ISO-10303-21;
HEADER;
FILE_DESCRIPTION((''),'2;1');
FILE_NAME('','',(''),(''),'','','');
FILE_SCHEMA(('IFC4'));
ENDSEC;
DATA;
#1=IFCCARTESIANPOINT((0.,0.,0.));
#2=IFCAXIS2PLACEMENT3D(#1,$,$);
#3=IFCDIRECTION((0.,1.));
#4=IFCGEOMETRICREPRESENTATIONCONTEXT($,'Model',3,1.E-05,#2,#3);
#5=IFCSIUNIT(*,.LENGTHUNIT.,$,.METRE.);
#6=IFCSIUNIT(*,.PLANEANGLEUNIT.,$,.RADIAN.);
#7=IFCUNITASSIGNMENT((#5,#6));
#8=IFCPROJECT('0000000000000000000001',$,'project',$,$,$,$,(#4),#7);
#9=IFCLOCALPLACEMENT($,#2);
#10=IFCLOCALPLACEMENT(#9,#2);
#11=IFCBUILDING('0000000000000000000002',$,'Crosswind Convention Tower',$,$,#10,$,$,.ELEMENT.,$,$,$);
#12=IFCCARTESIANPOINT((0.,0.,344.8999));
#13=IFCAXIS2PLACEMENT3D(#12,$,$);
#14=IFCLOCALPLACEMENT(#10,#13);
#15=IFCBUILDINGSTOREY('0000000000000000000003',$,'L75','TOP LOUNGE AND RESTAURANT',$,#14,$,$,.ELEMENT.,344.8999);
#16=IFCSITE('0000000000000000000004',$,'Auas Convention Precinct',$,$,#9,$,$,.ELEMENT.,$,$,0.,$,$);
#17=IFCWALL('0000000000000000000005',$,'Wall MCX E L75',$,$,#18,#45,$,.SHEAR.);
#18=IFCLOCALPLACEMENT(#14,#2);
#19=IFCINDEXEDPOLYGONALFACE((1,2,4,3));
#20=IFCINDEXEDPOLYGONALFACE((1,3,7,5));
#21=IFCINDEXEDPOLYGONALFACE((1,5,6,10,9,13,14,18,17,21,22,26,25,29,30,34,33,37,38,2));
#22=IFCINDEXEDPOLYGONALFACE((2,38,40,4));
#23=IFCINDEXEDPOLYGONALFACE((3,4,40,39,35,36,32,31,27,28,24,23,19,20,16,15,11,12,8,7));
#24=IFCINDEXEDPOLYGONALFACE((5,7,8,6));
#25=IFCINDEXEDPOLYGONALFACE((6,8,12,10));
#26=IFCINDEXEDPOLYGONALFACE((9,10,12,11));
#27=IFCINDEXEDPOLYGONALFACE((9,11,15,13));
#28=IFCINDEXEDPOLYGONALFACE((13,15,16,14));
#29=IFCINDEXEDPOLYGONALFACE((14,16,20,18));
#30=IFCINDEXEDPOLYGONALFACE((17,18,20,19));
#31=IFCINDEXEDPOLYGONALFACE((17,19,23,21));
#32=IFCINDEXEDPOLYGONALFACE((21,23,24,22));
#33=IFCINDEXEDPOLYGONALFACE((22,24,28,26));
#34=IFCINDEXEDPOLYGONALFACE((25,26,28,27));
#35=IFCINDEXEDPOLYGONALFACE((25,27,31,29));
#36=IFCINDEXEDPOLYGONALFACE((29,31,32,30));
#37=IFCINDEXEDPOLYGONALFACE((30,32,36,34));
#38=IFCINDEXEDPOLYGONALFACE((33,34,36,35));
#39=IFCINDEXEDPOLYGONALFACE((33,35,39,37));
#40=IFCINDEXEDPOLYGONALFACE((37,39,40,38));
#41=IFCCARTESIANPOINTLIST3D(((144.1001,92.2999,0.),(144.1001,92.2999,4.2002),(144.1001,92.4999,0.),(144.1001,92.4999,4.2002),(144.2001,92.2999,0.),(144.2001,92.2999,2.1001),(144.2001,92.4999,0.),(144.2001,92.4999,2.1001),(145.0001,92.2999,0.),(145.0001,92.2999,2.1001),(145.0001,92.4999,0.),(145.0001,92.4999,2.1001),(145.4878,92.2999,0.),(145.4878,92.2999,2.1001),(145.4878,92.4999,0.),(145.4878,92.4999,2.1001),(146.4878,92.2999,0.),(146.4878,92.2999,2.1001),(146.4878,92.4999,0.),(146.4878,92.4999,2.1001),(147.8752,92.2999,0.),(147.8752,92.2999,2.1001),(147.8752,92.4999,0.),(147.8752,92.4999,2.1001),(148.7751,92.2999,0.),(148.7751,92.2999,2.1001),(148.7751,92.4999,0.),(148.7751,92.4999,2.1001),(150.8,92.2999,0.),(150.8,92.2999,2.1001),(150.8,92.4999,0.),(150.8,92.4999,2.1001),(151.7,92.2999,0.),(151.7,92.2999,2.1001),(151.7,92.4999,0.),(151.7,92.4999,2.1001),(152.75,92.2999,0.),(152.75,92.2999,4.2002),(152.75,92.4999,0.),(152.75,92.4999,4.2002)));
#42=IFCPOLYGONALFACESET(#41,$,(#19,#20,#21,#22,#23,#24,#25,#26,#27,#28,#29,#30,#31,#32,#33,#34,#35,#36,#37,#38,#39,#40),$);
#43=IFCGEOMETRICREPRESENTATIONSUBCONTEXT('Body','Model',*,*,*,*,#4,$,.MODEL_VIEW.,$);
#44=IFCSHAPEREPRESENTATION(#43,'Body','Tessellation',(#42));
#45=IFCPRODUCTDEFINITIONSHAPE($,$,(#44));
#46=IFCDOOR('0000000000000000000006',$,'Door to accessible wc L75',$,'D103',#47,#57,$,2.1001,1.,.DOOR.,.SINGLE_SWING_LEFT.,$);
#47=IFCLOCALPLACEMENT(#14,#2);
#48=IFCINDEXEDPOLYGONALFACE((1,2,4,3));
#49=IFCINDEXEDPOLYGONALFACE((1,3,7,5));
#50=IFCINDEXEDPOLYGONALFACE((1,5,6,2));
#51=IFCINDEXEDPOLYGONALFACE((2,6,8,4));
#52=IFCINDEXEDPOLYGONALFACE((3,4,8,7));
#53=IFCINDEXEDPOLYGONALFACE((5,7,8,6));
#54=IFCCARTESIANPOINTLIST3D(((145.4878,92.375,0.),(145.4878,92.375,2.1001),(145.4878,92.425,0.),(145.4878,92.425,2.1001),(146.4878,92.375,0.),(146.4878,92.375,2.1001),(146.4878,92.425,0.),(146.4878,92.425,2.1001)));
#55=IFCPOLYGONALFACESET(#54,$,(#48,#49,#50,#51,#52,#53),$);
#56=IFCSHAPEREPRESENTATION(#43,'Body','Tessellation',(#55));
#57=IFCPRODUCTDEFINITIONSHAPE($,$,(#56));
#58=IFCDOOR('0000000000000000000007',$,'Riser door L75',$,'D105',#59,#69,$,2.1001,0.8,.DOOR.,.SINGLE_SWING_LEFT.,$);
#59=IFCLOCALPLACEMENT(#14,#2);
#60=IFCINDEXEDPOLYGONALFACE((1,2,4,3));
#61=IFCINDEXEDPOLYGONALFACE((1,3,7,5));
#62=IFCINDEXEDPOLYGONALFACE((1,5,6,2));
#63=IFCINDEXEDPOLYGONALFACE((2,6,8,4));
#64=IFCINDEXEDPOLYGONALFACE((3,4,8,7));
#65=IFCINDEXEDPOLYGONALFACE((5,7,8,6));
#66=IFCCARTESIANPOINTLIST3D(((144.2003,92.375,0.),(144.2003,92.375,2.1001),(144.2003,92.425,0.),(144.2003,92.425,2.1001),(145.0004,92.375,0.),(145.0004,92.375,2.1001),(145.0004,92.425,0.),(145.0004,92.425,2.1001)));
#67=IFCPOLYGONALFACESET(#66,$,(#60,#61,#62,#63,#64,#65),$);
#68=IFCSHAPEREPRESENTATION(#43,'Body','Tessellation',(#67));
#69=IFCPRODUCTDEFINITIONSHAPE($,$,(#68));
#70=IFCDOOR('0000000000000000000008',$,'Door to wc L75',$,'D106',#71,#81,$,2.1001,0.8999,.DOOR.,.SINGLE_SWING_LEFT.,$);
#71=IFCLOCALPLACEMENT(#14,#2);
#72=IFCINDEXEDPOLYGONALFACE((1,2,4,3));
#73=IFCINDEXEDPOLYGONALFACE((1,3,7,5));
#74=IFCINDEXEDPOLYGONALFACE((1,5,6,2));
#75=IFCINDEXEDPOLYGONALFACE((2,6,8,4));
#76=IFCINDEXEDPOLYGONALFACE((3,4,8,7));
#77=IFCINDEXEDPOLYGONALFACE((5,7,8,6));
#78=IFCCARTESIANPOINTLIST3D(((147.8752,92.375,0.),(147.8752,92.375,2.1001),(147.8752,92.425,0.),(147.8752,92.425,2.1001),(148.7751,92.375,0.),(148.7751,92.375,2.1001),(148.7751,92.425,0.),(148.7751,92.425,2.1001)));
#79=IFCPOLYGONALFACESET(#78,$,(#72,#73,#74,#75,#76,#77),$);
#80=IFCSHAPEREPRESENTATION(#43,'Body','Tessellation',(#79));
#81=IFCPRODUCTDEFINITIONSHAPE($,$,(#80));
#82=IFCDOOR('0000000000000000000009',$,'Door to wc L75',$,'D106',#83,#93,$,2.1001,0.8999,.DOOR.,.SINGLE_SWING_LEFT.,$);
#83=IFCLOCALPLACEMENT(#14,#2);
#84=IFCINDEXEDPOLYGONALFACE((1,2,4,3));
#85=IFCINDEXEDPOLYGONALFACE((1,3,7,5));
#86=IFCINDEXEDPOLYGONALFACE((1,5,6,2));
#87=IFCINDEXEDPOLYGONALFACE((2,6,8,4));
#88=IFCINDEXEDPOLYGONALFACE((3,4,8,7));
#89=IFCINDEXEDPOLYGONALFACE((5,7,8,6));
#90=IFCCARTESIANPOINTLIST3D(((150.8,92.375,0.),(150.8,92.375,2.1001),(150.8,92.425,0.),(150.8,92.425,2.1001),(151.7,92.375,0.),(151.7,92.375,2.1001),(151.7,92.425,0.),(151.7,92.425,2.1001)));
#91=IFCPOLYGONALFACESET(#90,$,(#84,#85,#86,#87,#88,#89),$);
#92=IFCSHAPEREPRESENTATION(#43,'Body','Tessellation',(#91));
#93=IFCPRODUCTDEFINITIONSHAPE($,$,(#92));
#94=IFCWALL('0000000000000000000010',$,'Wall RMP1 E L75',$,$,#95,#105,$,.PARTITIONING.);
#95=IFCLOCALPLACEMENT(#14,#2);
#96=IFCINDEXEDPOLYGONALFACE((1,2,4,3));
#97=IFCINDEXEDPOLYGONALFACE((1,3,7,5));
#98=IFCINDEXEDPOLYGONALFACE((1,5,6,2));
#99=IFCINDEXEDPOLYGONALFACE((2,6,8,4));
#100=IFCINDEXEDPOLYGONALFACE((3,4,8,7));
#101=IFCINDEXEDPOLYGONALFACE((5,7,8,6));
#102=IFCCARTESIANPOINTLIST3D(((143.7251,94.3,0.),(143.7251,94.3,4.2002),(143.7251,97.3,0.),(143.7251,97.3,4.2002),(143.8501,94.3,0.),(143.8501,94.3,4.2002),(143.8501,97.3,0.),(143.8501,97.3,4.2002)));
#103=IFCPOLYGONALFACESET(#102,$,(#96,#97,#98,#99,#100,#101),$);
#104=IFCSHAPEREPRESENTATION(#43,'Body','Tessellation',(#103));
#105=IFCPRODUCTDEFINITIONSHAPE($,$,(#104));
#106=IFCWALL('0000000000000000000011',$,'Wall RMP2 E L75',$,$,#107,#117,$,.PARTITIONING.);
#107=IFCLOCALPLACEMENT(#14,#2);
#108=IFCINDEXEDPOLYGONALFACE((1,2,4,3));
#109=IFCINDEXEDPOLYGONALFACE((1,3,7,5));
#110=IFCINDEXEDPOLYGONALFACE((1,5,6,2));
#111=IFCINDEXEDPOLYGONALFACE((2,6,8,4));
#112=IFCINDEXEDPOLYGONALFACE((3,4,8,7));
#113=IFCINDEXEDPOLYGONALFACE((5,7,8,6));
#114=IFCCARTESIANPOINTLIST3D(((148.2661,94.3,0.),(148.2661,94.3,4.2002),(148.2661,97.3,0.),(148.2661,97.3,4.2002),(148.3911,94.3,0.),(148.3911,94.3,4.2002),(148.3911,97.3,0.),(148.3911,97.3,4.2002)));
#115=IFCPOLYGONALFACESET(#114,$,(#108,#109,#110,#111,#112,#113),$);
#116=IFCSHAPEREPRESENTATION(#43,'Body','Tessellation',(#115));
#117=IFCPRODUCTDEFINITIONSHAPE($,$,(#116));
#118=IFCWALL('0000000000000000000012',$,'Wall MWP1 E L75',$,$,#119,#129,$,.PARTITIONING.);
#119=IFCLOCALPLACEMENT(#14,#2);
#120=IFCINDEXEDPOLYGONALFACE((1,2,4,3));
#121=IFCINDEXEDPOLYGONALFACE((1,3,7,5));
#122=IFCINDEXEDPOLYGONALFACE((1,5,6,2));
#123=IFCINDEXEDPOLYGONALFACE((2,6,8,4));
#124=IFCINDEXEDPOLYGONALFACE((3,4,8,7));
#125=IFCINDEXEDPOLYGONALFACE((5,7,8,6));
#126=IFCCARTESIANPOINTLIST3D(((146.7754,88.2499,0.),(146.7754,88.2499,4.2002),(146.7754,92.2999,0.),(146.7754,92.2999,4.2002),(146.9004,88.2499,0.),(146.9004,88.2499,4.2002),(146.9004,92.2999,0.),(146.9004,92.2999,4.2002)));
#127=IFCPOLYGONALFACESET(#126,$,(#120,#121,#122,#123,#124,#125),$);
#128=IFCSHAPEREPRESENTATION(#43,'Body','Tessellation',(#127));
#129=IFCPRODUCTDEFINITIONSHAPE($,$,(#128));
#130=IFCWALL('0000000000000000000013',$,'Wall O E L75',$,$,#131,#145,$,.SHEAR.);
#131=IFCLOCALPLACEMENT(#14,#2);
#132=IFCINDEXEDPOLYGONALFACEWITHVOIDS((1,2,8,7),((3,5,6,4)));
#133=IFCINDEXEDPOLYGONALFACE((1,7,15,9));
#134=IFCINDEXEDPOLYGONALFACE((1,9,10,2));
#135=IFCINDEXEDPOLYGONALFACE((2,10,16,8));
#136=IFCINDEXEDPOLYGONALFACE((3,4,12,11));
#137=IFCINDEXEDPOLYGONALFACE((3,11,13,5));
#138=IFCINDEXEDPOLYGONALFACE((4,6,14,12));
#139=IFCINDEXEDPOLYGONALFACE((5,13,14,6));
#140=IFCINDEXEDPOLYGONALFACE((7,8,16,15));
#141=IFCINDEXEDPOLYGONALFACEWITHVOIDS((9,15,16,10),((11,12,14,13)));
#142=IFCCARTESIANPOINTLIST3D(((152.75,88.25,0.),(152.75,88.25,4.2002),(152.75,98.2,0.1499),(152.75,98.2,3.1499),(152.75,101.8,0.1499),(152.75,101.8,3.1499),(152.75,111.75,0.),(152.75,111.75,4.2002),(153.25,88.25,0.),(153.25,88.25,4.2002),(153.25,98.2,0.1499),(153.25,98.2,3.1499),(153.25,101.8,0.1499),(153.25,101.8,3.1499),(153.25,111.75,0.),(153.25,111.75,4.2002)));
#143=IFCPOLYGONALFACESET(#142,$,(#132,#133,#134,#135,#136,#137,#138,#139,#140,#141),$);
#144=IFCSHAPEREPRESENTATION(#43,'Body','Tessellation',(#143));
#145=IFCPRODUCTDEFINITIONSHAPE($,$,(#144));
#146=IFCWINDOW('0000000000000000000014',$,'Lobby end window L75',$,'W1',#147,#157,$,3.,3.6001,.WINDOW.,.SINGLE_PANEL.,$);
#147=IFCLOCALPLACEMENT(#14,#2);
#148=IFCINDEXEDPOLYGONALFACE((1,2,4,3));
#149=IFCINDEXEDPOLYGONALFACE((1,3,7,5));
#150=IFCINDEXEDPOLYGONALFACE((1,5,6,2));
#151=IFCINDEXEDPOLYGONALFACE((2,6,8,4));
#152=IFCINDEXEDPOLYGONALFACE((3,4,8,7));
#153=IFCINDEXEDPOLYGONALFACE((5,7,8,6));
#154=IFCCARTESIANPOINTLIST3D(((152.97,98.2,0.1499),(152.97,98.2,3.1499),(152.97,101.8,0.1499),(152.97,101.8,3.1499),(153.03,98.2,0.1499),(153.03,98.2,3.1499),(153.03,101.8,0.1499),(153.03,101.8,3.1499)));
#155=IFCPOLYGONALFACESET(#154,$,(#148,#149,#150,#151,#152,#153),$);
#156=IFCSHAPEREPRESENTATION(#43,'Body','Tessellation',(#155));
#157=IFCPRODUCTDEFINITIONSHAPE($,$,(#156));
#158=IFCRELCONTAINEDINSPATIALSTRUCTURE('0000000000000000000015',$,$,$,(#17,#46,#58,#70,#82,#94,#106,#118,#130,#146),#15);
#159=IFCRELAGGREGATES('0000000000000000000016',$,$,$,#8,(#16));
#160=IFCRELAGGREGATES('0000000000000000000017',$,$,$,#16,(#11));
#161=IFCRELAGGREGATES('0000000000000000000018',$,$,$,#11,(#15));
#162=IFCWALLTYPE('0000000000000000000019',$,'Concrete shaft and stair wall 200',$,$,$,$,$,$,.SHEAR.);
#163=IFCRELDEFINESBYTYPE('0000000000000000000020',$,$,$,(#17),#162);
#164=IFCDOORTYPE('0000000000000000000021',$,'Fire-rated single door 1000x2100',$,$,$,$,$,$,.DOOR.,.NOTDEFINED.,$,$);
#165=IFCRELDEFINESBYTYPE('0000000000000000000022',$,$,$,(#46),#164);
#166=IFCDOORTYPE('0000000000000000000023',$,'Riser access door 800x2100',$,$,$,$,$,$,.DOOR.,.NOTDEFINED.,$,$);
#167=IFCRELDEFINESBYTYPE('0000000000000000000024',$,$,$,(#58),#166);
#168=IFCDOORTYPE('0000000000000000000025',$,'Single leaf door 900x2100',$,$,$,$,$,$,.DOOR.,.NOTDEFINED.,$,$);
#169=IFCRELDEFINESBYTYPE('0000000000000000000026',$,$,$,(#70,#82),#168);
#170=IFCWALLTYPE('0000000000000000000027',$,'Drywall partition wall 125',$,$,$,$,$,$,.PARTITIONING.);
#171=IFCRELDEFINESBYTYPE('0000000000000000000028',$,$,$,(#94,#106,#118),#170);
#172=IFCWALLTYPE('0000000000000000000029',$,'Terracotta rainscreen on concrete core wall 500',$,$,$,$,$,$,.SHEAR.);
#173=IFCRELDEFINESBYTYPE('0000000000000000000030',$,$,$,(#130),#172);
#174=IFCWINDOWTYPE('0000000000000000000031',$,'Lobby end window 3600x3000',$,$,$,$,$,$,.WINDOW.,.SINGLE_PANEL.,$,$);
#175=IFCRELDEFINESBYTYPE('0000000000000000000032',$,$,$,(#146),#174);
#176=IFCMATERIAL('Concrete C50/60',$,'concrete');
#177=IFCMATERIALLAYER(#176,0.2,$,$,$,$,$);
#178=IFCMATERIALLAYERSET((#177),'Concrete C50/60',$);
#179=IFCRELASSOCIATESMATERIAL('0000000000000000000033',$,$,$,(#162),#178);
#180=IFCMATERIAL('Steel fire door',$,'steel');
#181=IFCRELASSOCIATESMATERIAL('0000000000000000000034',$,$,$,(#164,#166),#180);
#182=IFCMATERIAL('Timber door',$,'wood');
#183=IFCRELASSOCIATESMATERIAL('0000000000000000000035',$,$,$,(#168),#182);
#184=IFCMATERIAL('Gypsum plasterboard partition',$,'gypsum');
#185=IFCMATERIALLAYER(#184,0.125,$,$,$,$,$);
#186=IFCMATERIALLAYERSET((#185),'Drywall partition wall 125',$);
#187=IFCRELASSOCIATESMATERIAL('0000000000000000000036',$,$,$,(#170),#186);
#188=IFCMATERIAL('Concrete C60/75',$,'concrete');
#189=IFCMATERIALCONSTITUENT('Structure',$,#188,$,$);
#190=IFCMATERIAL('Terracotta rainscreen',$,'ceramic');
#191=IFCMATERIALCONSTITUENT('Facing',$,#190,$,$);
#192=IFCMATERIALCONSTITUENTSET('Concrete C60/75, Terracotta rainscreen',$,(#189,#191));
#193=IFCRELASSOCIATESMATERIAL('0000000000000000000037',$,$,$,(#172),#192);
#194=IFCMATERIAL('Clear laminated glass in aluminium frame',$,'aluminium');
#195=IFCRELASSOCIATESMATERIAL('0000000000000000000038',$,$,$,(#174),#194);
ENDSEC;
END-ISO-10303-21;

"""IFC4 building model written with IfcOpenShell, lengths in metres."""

from ifc_helpers import new_model, si_unit, direction, frame, frame_2d, origin, place, context, subcontext, project, spatial, rectangle, extrude, material, layer, layer_set, constituent, constituent_set, type_object, element, fill, save


model = new_model("IFC4")

# Units and contexts
model_context = context("Model", 3, precision=1e-05, world=origin(), true_north=direction((0.0, 1.0)))
body_context = subcontext(model_context, "Body", "Model", "MODEL_VIEW")
ifc_project = project(units=[si_unit("LENGTHUNIT", "METRE"), si_unit("PLANEANGLEUNIT", "RADIAN")], contexts=[model_context])

# Site, building, storey
site_placement = place(None, origin())
site = spatial("IfcSite", under=ifc_project, at=site_placement, Name="Auas Convention Precinct", CompositionType="ELEMENT", RefElevation=0.0)
building_placement = place(site_placement, origin())
building = spatial("IfcBuilding", under=site, at=building_placement, Name="Crosswind Convention Tower", CompositionType="ELEMENT")
storey_placement = place(building_placement, frame((0.0, 0.0, 344.8999)))
storey = spatial("IfcBuildingStorey", under=building, at=storey_placement, Name="L75", Description="TOP LOUNGE AND RESTAURANT", CompositionType="ELEMENT", Elevation=344.8999)

# Shared definitions
ifc_material_1 = material(Name="Concrete C50/60", Category="concrete")

# Shared definitions
ifc_layer_1 = layer(ifc_material_1, 0.2)
ifc_layer_set_1 = layer_set([ifc_layer_1], Name="Concrete C50/60")
wall_type_1 = type_object("IfcWallType", Name="Concrete shaft and stair wall 200", PredefinedType="SHEAR", material=ifc_layer_set_1)

# Shared definitions
ifc_material_2 = material(Name="Steel fire door", Category="steel")

# Shared definitions
door_type_1 = type_object("IfcDoorType", Name="Fire-rated single door 1000x2100", OperationType="NOTDEFINED", PredefinedType="DOOR", material=ifc_material_2)

# Wall, openings, doors
wall_1_placement = place(storey_placement, frame((144.1001, 92.3999, 0.0), z_axis=(0.0, 0.0, 1.0), x_axis=(1.0, 0.0, 0.0)))
wall_1 = element("IfcWall", 1, at=wall_1_placement, inside=storey, type_object=wall_type_1, Name="Wall MCX E L75", PredefinedType="SHEAR", context=body_context, shape_type="SweptSolid", body=[
    extrude(rectangle(XDim=8.6499, YDim=0.2, at=frame_2d((4.325, 0.0))), origin(), (0.0, 0.0, 1.0), 4.2002),
])
opening_1_placement = place(wall_1_placement, frame((0.1001, 0.0, 0.0)))
opening_1 = element("IfcOpeningElement", 2, at=opening_1_placement, cuts=wall_1, PredefinedType="OPENING", context=body_context, shape_type="SweptSolid", body=[
    extrude(rectangle(XDim=0.8, YDim=2.1001, at=frame_2d((0.3999, 1.05))), frame((0.0, 0.1099, 0.0), z_axis=(0.0, -1.0, 0.0), x_axis=(1.0, 0.0, 0.0)), (0.0, 0.0, 1.0), 0.22),
])
opening_2_placement = place(wall_1_placement, frame((1.3877, 0.0, 0.0)))
opening_2 = element("IfcOpeningElement", 3, at=opening_2_placement, cuts=wall_1, PredefinedType="OPENING", context=body_context, shape_type="SweptSolid", body=[
    extrude(rectangle(XDim=1.0, YDim=2.1001, at=frame_2d((0.5, 1.05))), frame((0.0, 0.1099, 0.0), z_axis=(0.0, -1.0, 0.0), x_axis=(1.0, 0.0, 0.0)), (0.0, 0.0, 1.0), 0.22),
])
opening_3_placement = place(wall_1_placement, frame((3.7751, 0.0, 0.0)))
opening_3 = element("IfcOpeningElement", 4, at=opening_3_placement, cuts=wall_1, PredefinedType="OPENING", context=body_context, shape_type="SweptSolid", body=[
    extrude(rectangle(XDim=0.8999, YDim=2.1001, at=frame_2d((0.45, 1.05))), frame((0.0, 0.1099, 0.0), z_axis=(0.0, -1.0, 0.0), x_axis=(1.0, 0.0, 0.0)), (0.0, 0.0, 1.0), 0.22),
])
opening_4_placement = place(wall_1_placement, frame((6.7, 0.0, 0.0)))
opening_4 = element("IfcOpeningElement", 5, at=opening_4_placement, cuts=wall_1, PredefinedType="OPENING", context=body_context, shape_type="SweptSolid", body=[
    extrude(rectangle(XDim=0.8999, YDim=2.1001, at=frame_2d((0.45, 1.05))), frame((0.0, 0.1099, 0.0), z_axis=(0.0, -1.0, 0.0), x_axis=(1.0, 0.0, 0.0)), (0.0, 0.0, 1.0), 0.22),
])
door_1_placement = place(opening_2_placement, frame((1.0, 0.0, 0.0), z_axis=(0.0, 0.0, 1.0), x_axis=(-1.0, 0.0, 0.0)))
door_1 = element("IfcDoor", 6, at=door_1_placement, inside=storey, type_object=door_type_1, Name="Door to accessible wc L75", ObjectType="D103", OperationType="SINGLE_SWING_LEFT", OverallHeight=2.1001, OverallWidth=1.0, PredefinedType="DOOR", context=body_context, shape_type="SweptSolid", body=[
    extrude(rectangle(XDim=1.0, YDim=2.1001, at=frame_2d((0.5, 1.05))), frame((0.0, 0.0249, 0.0), z_axis=(0.0, -1.0, 0.0), x_axis=(1.0, 0.0, 0.0)), (0.0, 0.0, 1.0), 0.05),
])
fill(opening_2, door_1)
door_type_2 = type_object("IfcDoorType", Name="Riser access door 800x2100", OperationType="NOTDEFINED", PredefinedType="DOOR", material=ifc_material_2)
door_2_placement = place(opening_1_placement, frame((0.8, 0.0, 0.0), z_axis=(0.0, 0.0, 1.0), x_axis=(-1.0, 0.0, 0.0)))
door_2 = element("IfcDoor", 7, at=door_2_placement, inside=storey, type_object=door_type_2, Name="Riser door L75", ObjectType="D105", OperationType="SINGLE_SWING_LEFT", OverallHeight=2.1001, OverallWidth=0.8, PredefinedType="DOOR", context=body_context, shape_type="SweptSolid", body=[
    extrude(rectangle(XDim=0.8, YDim=2.1001, at=frame_2d((0.3999, 1.05))), frame((0.0, 0.0249, 0.0), z_axis=(0.0, -1.0, 0.0), x_axis=(1.0, 0.0, 0.0)), (0.0, 0.0, 1.0), 0.05),
])
fill(opening_1, door_2)
ifc_material_3 = material(Name="Timber door", Category="wood")
door_type_3 = type_object("IfcDoorType", Name="Single leaf door 900x2100", OperationType="NOTDEFINED", PredefinedType="DOOR", material=ifc_material_3)
door_3_placement = place(opening_3_placement, frame((0.8999, 0.0, 0.0), z_axis=(0.0, 0.0, 1.0), x_axis=(-1.0, 0.0, 0.0)))
door_3 = element("IfcDoor", 8, at=door_3_placement, inside=storey, type_object=door_type_3, Name="Door to wc L75", ObjectType="D106", OperationType="SINGLE_SWING_LEFT", OverallHeight=2.1001, OverallWidth=0.8999, PredefinedType="DOOR", context=body_context, shape_type="SweptSolid", body=[
    extrude(rectangle(XDim=0.8999, YDim=2.1001, at=frame_2d((0.45, 1.05))), frame((0.0, 0.0249, 0.0), z_axis=(0.0, -1.0, 0.0), x_axis=(1.0, 0.0, 0.0)), (0.0, 0.0, 1.0), 0.05),
])
fill(opening_3, door_3)
door_4_placement = place(opening_4_placement, frame((0.8999, 0.0, 0.0), z_axis=(0.0, 0.0, 1.0), x_axis=(-1.0, 0.0, 0.0)))
door_4 = element("IfcDoor", 9, at=door_4_placement, inside=storey, type_object=door_type_3, Name="Door to wc L75", ObjectType="D106", OperationType="SINGLE_SWING_LEFT", OverallHeight=2.1001, OverallWidth=0.8999, PredefinedType="DOOR", context=body_context, shape_type="SweptSolid", body=[
    extrude(rectangle(XDim=0.8999, YDim=2.1001, at=frame_2d((0.45, 1.05))), frame((0.0, 0.0249, 0.0), z_axis=(0.0, -1.0, 0.0), x_axis=(1.0, 0.0, 0.0)), (0.0, 0.0, 1.0), 0.05),
])
fill(opening_4, door_4)

# Walls
ifc_material_4 = material(Name="Gypsum plasterboard partition", Category="gypsum")
ifc_layer_2 = layer(ifc_material_4, 0.125)
ifc_layer_set_2 = layer_set([ifc_layer_2], Name="Drywall partition wall 125")
wall_type_2 = type_object("IfcWallType", Name="Drywall partition wall 125", PredefinedType="PARTITIONING", material=ifc_layer_set_2)
for number, where, z_axis, x_axis, name in (
    (10, (143.7876, 94.3, 0.0), (0.0, 0.0, 1.0), (0.0, 1.0, 0.0), "Wall RMP1 E L75"),
    (11, (148.3286, 94.3, 0.0), (0.0, 0.0, 1.0), (0.0, 1.0, 0.0), "Wall RMP2 E L75"),
):
    element("IfcWall", number, at=place(storey_placement, frame(where, z_axis=z_axis, x_axis=x_axis)), inside=storey, type_object=wall_type_2, Name=name, PredefinedType="PARTITIONING", context=body_context, shape_type="SweptSolid", body=[
        extrude(rectangle(XDim=3.0, YDim=0.125, at=frame_2d((1.5, 0.0))), origin(), (0.0, 0.0, 1.0), 4.2002),
    ])
wall_2_placement = place(storey_placement, frame((146.8379, 88.25, 0.0), z_axis=(0.0, 0.0, 1.0), x_axis=(0.0, 1.0, 0.0)))
element("IfcWall", 12, at=wall_2_placement, inside=storey, type_object=wall_type_2, Name="Wall MWP1 E L75", PredefinedType="PARTITIONING", context=body_context, shape_type="SweptSolid", body=[
    extrude(rectangle(XDim=4.05, YDim=0.125, at=frame_2d((2.0249, 0.0))), origin(), (0.0, 0.0, 1.0), 4.2002),
])

# Wall, opening, window
ifc_material_5 = material(Name="Concrete C60/75", Category="concrete")
ifc_constituent_1 = constituent(ifc_material_5, Name="Structure")
ifc_material_6 = material(Name="Terracotta rainscreen", Category="ceramic")
ifc_constituent_2 = constituent(ifc_material_6, Name="Facing")
ifc_constituent_set = constituent_set(constituents=[ifc_constituent_1, ifc_constituent_2], Name="Concrete C60/75, Terracotta rainscreen")
wall_type_3 = type_object("IfcWallType", Name="Terracotta rainscreen on concrete core wall 500", PredefinedType="SHEAR", material=ifc_constituent_set)
wall_3_placement = place(storey_placement, frame((153.0, 88.25, 0.0), z_axis=(0.0, 0.0, 1.0), x_axis=(0.0, 1.0, 0.0)))
wall_3 = element("IfcWall", 13, at=wall_3_placement, inside=storey, type_object=wall_type_3, Name="Wall O E L75", PredefinedType="SHEAR", context=body_context, shape_type="SweptSolid", body=[
    extrude(rectangle(XDim=23.5, YDim=0.5, at=frame_2d((11.75, 0.0))), origin(), (0.0, 0.0, 1.0), 4.2002),
])
opening_5_placement = place(wall_3_placement, frame((9.95, 0.0, 0.1499)))
opening_5 = element("IfcOpeningElement", 14, at=opening_5_placement, cuts=wall_3, PredefinedType="OPENING", context=body_context, shape_type="SweptSolid", body=[
    extrude(rectangle(XDim=3.6001, YDim=3.0, at=frame_2d((1.8, 1.5))), frame((0.0, 0.26, 0.0), z_axis=(0.0, -1.0, 0.0), x_axis=(1.0, 0.0, 0.0)), (0.0, 0.0, 1.0), 0.52),
])
ifc_material_7 = material(Name="Clear laminated glass in aluminium frame", Category="aluminium")
window_type = type_object("IfcWindowType", Name="Lobby end window 3600x3000", PartitioningType="SINGLE_PANEL", PredefinedType="WINDOW", material=ifc_material_7)
window_placement = place(opening_5_placement, origin())
window = element("IfcWindow", 15, at=window_placement, inside=storey, type_object=window_type, Name="Lobby end window L75", ObjectType="W1", OverallHeight=3.0, OverallWidth=3.6001, PartitioningType="SINGLE_PANEL", PredefinedType="WINDOW", context=body_context, shape_type="SweptSolid", body=[
    extrude(rectangle(XDim=3.6001, YDim=3.0, at=frame_2d((1.8, 1.5))), frame((0.0, 0.03, 0.0), z_axis=(0.0, -1.0, 0.0), x_axis=(1.0, 0.0, 0.0)), (0.0, 0.0, 1.0), 0.0601),
])
fill(opening_5, window)

save(model, "model.ifc")
